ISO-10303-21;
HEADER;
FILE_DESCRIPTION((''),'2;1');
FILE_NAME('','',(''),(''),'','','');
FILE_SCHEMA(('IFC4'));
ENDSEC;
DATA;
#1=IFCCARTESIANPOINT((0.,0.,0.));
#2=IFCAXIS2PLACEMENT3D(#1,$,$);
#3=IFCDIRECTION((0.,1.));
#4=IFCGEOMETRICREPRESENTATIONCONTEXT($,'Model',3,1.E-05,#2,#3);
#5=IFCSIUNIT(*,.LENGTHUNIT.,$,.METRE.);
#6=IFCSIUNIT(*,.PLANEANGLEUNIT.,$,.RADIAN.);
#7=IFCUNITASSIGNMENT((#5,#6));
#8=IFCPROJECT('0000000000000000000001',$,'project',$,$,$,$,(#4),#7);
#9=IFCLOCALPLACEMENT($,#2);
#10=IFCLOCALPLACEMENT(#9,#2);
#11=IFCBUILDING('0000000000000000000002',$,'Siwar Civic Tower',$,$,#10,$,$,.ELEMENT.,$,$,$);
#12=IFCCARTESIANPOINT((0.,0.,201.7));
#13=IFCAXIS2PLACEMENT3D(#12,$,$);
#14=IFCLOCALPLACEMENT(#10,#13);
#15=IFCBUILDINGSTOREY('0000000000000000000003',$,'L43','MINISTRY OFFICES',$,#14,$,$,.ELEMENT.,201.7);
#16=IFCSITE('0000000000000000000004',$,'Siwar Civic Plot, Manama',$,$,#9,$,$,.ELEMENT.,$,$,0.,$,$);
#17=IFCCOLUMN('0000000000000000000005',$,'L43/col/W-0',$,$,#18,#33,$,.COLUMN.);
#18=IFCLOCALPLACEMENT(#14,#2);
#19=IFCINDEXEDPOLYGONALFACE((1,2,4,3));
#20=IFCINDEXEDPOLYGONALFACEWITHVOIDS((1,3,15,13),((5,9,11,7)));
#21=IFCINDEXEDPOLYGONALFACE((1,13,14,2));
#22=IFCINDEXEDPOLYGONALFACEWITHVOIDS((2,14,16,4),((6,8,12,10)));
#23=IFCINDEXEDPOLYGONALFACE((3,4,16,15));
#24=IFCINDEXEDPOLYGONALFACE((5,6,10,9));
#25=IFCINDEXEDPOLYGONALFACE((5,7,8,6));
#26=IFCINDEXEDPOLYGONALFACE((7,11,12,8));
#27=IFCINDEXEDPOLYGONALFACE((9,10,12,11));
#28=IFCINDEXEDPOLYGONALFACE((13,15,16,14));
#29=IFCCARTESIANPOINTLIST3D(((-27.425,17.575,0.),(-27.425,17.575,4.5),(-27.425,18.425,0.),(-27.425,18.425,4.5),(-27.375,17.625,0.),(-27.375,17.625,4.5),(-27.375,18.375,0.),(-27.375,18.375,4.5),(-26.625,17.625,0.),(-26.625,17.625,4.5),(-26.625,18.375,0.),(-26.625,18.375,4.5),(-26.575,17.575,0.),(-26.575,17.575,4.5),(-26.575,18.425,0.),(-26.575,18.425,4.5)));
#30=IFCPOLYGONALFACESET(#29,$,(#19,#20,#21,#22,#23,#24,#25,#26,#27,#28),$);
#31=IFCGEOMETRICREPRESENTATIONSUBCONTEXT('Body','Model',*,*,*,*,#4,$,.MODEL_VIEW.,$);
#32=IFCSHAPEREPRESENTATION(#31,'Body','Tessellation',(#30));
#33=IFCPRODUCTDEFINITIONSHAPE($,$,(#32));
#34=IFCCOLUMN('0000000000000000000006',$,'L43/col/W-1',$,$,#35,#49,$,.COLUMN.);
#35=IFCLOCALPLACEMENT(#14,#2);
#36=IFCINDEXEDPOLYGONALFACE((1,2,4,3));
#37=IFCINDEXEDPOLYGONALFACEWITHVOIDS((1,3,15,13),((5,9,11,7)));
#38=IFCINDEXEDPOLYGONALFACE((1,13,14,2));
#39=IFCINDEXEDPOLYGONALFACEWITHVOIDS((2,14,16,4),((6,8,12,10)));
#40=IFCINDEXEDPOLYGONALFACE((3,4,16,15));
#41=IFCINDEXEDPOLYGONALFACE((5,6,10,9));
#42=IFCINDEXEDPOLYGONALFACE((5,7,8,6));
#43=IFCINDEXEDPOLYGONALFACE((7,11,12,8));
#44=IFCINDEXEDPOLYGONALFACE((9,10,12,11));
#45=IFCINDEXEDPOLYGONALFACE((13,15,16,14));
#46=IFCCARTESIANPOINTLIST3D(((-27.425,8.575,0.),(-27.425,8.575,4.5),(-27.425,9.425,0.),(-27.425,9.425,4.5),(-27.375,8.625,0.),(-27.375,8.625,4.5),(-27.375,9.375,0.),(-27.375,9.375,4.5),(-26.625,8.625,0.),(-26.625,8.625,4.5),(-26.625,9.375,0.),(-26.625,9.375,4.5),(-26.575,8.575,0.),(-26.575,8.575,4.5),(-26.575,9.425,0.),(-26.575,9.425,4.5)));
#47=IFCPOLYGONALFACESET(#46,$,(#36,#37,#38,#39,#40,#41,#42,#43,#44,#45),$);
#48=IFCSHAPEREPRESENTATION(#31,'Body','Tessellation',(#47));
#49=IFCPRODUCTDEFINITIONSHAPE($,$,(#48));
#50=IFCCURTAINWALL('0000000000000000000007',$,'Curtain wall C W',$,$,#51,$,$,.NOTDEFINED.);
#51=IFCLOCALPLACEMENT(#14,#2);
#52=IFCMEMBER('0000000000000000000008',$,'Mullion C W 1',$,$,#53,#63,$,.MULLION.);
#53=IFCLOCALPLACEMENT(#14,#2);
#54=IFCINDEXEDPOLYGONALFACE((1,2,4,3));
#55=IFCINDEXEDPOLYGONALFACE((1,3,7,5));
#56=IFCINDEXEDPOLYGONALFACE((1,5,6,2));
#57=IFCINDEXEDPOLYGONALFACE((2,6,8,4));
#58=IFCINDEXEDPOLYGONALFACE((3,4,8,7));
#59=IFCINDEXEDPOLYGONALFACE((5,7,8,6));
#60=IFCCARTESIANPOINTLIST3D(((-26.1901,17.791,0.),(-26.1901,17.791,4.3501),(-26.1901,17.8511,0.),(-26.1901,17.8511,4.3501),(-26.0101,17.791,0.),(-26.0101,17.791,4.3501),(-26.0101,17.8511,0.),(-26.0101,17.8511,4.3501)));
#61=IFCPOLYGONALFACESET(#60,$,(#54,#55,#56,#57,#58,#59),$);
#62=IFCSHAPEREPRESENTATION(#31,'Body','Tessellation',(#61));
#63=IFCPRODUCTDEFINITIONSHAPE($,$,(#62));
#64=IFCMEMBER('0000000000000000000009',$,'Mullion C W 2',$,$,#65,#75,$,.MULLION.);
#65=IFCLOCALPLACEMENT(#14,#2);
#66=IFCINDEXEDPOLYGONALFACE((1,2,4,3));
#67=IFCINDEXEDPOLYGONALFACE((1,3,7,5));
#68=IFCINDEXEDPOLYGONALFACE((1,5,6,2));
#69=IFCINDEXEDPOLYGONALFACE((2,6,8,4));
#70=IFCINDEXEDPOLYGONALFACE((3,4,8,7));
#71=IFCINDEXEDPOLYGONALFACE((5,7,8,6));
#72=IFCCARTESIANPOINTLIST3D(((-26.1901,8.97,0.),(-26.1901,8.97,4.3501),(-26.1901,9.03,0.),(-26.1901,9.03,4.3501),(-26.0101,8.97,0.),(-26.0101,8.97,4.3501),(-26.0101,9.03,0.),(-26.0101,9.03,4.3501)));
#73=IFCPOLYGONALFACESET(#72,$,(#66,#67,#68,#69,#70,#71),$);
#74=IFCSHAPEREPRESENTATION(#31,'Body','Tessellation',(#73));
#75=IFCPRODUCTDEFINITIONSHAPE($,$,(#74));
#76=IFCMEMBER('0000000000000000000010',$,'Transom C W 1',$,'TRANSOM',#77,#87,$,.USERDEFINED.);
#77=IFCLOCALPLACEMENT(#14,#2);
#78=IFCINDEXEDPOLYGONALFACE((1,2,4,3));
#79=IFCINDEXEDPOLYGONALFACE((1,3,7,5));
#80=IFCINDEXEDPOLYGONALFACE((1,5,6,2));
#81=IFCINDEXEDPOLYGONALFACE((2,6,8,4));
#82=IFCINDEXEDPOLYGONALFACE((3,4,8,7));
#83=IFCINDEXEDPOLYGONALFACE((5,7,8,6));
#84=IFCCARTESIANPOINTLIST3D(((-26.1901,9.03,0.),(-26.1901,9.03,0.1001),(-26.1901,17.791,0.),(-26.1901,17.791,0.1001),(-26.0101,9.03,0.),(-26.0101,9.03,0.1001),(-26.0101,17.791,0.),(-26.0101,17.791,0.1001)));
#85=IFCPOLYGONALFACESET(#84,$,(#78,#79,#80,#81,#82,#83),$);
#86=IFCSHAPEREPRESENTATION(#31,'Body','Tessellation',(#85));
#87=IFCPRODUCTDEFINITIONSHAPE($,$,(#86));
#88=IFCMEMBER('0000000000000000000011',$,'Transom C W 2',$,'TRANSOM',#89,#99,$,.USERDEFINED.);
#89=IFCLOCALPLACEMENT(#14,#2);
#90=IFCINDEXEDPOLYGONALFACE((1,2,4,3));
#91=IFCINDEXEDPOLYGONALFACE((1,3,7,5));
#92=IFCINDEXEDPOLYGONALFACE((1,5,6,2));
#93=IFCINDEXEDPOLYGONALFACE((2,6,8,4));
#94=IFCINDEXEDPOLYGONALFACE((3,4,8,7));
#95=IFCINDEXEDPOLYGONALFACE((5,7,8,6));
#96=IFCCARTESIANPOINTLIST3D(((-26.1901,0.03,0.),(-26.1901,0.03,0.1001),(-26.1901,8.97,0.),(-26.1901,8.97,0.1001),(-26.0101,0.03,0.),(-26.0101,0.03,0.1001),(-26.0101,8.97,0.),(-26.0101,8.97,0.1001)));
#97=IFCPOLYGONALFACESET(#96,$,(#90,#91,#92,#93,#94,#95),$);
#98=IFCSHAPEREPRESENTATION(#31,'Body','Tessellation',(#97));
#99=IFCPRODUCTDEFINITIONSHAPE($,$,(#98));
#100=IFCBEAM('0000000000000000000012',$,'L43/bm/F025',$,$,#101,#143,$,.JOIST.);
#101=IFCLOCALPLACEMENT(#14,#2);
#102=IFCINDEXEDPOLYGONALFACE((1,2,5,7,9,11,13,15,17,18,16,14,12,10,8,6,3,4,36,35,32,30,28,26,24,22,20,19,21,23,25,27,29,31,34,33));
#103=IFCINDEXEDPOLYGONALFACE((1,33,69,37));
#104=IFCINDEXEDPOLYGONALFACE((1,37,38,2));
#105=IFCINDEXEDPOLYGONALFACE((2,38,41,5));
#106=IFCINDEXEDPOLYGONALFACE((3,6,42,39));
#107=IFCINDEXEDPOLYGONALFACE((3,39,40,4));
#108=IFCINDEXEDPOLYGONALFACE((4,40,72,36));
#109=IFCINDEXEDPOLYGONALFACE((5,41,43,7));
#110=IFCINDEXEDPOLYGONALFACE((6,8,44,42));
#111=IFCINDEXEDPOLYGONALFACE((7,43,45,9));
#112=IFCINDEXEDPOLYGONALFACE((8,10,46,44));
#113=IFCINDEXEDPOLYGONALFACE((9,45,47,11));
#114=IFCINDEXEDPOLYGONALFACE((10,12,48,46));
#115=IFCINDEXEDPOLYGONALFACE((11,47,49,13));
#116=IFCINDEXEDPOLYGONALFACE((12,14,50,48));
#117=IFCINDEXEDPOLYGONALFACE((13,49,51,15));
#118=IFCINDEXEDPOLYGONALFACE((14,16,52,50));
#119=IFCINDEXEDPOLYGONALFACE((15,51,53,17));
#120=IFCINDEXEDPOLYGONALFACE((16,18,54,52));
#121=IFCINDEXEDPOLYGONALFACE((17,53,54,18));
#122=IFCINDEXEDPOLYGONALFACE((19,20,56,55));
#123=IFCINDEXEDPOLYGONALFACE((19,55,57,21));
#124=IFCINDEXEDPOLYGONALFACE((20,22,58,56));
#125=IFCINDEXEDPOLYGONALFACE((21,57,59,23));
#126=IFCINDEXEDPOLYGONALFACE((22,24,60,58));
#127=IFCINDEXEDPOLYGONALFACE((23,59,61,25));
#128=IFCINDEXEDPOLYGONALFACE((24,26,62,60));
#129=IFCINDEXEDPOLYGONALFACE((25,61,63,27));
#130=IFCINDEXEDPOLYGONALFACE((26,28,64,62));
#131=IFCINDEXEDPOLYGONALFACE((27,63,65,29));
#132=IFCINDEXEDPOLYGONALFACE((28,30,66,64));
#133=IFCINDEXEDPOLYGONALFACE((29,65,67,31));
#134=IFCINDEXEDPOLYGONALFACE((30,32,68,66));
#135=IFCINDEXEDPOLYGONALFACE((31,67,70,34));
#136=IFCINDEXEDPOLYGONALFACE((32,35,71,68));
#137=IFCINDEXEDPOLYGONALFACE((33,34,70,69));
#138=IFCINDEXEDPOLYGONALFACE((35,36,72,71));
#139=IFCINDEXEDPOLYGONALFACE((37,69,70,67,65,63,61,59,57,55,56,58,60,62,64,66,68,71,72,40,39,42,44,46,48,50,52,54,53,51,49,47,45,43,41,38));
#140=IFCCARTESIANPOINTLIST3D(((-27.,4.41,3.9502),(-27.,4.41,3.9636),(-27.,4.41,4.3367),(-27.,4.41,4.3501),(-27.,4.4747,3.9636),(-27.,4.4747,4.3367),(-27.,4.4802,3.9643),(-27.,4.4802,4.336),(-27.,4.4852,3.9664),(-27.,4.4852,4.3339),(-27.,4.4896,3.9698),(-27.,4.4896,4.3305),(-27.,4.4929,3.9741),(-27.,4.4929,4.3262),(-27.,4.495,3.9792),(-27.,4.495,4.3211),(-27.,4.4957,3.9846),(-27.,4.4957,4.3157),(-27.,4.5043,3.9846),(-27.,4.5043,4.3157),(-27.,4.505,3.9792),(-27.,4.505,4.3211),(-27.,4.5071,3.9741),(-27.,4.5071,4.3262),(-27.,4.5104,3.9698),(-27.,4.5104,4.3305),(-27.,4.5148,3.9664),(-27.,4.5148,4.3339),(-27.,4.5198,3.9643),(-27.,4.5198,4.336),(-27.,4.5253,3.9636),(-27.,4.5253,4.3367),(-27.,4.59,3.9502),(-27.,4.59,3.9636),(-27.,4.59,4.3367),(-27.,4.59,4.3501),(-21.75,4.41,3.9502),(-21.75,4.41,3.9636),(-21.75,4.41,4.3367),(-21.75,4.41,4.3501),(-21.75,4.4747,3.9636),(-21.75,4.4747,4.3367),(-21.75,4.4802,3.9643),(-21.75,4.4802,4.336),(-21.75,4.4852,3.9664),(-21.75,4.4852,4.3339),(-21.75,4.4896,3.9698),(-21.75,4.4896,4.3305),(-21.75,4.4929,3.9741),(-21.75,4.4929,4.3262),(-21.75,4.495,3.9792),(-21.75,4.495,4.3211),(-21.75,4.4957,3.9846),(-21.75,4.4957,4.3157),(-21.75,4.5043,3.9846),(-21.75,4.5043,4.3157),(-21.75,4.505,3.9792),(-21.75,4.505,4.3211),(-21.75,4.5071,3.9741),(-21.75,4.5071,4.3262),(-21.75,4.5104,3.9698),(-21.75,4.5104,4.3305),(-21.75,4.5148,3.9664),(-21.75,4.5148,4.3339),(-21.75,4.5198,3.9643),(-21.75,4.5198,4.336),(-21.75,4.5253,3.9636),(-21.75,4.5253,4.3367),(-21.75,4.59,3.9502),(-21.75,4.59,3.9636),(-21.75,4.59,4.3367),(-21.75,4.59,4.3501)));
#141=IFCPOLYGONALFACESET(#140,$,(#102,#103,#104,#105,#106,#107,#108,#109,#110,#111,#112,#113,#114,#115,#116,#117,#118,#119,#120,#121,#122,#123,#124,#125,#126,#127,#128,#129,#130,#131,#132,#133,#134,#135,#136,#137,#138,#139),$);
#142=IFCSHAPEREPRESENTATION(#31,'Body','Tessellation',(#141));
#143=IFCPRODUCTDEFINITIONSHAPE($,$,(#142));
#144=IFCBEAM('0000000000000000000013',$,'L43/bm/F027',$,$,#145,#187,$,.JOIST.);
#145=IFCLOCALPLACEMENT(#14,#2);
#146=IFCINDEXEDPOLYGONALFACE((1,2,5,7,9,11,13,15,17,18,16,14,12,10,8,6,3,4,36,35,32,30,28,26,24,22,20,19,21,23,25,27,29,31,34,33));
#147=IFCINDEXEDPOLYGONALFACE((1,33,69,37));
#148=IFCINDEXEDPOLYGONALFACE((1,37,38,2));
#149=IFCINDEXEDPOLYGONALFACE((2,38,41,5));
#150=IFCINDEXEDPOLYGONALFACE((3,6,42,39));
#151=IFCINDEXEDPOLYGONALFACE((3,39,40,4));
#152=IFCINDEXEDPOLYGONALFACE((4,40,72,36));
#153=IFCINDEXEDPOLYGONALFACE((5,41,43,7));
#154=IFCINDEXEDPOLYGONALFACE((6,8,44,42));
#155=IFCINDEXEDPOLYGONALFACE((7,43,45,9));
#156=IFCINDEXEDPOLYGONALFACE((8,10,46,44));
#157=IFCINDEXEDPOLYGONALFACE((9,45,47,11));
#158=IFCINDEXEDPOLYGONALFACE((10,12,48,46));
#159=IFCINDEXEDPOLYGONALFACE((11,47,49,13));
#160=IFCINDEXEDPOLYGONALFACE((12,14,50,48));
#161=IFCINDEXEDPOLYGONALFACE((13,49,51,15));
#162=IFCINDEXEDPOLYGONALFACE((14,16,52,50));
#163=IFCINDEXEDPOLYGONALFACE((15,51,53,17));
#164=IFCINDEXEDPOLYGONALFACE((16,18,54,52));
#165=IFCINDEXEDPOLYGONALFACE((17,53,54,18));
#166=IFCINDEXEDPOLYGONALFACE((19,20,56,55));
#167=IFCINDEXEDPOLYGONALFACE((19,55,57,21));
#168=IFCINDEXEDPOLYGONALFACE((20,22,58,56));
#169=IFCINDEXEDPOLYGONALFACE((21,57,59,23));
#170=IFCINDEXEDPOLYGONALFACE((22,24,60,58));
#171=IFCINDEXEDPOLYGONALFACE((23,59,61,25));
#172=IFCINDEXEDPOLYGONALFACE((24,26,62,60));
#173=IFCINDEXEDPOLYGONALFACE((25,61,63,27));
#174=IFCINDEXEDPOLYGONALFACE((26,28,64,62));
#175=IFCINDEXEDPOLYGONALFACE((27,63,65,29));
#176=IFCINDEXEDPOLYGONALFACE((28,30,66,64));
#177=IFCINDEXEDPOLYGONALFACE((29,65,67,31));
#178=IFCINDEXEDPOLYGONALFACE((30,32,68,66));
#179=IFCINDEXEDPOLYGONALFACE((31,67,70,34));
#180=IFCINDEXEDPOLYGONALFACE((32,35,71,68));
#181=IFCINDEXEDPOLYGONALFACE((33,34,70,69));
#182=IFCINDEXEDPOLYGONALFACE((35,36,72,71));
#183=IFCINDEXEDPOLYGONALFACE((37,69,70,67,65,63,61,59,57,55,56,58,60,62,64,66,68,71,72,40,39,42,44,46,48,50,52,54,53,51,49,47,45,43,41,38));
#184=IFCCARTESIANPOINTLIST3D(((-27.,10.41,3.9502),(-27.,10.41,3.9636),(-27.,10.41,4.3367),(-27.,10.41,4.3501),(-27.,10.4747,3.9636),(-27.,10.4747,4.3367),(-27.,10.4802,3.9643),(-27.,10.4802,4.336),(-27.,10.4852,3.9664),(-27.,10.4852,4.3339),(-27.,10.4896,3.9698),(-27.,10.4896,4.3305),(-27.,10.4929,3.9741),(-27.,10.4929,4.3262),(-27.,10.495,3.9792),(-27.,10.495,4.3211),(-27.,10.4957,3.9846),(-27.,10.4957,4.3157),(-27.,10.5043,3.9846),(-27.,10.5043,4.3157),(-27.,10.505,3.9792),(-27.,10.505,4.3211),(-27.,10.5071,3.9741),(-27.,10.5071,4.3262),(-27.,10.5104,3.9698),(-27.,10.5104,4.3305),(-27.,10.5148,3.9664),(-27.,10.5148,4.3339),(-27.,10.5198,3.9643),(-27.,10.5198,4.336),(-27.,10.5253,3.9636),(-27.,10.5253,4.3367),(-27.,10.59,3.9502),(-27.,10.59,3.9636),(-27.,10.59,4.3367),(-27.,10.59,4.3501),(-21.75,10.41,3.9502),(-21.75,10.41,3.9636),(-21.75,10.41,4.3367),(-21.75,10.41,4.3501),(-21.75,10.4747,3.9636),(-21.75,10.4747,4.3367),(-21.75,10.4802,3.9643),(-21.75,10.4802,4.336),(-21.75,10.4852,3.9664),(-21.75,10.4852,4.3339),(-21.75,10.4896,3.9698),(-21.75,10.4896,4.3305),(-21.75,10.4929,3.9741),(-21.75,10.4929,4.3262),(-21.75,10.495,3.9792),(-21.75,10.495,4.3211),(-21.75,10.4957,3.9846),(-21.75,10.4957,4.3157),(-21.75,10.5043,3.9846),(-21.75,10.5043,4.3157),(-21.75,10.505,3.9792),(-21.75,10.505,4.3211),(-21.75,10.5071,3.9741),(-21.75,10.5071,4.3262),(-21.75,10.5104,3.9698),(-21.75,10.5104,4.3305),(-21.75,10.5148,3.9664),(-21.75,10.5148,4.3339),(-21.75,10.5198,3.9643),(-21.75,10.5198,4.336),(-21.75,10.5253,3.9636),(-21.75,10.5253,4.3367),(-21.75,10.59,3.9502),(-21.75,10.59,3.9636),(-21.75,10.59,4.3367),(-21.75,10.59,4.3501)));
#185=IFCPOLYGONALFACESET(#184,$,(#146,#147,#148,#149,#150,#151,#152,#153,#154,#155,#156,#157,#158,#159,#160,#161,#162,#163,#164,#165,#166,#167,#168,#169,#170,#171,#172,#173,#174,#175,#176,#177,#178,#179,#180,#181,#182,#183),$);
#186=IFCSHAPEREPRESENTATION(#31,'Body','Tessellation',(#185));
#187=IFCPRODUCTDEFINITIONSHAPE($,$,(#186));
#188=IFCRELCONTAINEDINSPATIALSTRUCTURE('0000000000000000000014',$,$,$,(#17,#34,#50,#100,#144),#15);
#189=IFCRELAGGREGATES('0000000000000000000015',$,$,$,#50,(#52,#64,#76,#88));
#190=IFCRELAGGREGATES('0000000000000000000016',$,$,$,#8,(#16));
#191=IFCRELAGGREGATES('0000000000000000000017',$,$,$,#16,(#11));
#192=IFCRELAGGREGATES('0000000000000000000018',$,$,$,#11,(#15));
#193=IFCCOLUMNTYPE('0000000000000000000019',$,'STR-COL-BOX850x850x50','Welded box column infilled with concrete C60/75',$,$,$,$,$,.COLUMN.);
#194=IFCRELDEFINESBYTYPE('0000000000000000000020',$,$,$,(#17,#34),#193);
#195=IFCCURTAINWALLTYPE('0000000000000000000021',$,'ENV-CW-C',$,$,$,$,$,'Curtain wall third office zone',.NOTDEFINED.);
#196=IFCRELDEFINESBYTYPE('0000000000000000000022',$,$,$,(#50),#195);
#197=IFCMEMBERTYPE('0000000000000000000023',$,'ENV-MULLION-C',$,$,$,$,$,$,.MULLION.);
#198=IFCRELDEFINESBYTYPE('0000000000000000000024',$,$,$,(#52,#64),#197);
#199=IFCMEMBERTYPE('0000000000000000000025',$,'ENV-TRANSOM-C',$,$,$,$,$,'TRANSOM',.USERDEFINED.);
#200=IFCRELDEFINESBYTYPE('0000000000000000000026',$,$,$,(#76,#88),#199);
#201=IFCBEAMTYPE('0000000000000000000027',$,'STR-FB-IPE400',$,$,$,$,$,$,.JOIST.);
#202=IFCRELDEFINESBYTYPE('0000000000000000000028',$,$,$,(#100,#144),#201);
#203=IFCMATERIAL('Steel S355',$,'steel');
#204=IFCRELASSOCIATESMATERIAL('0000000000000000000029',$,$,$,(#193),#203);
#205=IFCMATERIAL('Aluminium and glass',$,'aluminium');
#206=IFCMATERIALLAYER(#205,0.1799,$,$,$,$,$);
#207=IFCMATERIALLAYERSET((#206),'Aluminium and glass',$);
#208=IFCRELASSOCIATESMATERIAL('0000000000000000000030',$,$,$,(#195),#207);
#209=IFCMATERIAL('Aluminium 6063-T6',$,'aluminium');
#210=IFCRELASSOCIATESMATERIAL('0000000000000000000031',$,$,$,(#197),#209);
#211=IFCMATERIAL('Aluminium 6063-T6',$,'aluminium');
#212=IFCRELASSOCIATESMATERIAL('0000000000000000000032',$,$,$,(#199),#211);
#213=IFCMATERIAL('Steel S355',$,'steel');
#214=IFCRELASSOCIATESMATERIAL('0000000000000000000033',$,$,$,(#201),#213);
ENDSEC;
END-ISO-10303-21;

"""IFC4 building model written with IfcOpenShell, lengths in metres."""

from ifc_helpers import new_model, si_unit, direction, frame, origin, origin_2d, place, context, subcontext, project, spatial, rectangle, hollow_rectangle, i_section, extrude, material, layer, layer_set, material_profile, profile_set, type_object, element, aggregate, save


model = new_model("IFC4")

# Units and contexts
model_context = context("Model", 3, precision=1e-05, world=origin(), true_north=direction((0.0, 1.0)))
body_context = subcontext(model_context, "Body", "Model", "MODEL_VIEW")
ifc_project = project(units=[si_unit("LENGTHUNIT", "METRE"), si_unit("PLANEANGLEUNIT", "RADIAN")], contexts=[model_context])

# Site, building, storey
site_placement = place(None, origin())
site = spatial("IfcSite", under=ifc_project, at=site_placement, Name="Siwar Civic Plot, Manama", CompositionType="ELEMENT", RefElevation=0.0)
building_placement = place(site_placement, origin())
building = spatial("IfcBuilding", under=site, at=building_placement, Name="Siwar Civic Tower", CompositionType="ELEMENT")
storey_placement = place(building_placement, frame((0.0, 0.0, 201.7)))
storey = spatial("IfcBuildingStorey", under=building, at=storey_placement, Name="L43", Description="MINISTRY OFFICES", CompositionType="ELEMENT", Elevation=201.7)

# Columns
ifc_material_1 = material(Name="Steel S355", Category="steel")
ifc_material_profile_1 = material_profile(ifc_material_1, hollow_rectangle(XDim=0.8501, YDim=0.8501, WallThickness=0.05, at=origin_2d()), Name="BOX850x850x50")
ifc_profile_set_1 = profile_set([ifc_material_profile_1], Name="Steel S355")
column_type = type_object("IfcColumnType", Name="STR-COL-BOX850x850x50", Description="Welded box column infilled with concrete C60/75", PredefinedType="COLUMN", material=ifc_profile_set_1)
for number, where, z_axis, x_axis, name in (
    (1, (-27.0, 18.0, 0.0), (0.0, 0.0, 1.0), (1.0, 0.0, 0.0), "L43/col/W-0"),
    (2, (-27.0, 9.0, 0.0), (0.0, 0.0, 1.0), (1.0, 0.0, 0.0), "L43/col/W-1"),
):
    element("IfcColumn", number, at=place(storey_placement, frame(where, z_axis=z_axis, x_axis=x_axis)), inside=storey, type_object=column_type, Name=name, PredefinedType="COLUMN", context=body_context, shape_type="SweptSolid", body=[
        extrude(hollow_rectangle(XDim=0.8501, YDim=0.8501, WallThickness=0.05, at=origin_2d()), origin(), (0.0, 0.0, 1.0), 4.5),
    ])

# Curtain wall, members
ifc_material_2 = material(Name="Aluminium and glass", Category="aluminium")
ifc_layer_1 = layer(ifc_material_2, 0.1799)
ifc_layer_set_1 = layer_set([ifc_layer_1], Name="Aluminium and glass")
curtain_wall_type = type_object("IfcCurtainWallType", Name="ENV-CW-C", ElementType="Curtain wall third office zone", PredefinedType="NOTDEFINED", material=ifc_layer_set_1)
curtain_wall_placement = place(storey_placement, origin())
curtain_wall = element("IfcCurtainWall", 3, at=curtain_wall_placement, inside=storey, type_object=curtain_wall_type, Name="Curtain wall C W", PredefinedType="NOTDEFINED")
ifc_material_3 = material(Name="Aluminium 6063-T6", Category="aluminium")
ifc_material_profile_2 = material_profile(ifc_material_3, rectangle(XDim=0.1799, YDim=0.0601, at=origin_2d()), Name="AL 180x60")
ifc_profile_set_2 = profile_set([ifc_material_profile_2], Name="Aluminium 6063-T6")
member_type_1 = type_object("IfcMemberType", Name="ENV-MULLION-C", PredefinedType="MULLION", material=ifc_profile_set_2)
member_1_placement = place(storey_placement, frame((-26.1001, 17.821, 0.0), z_axis=(0.0, 0.0, 1.0), x_axis=(1.0, 0.0, 0.0)))
member_1 = element("IfcMember", 4, at=member_1_placement, type_object=member_type_1, Name="Mullion C W 1", PredefinedType="MULLION", context=body_context, shape_type="SweptSolid", body=[
    extrude(rectangle(XDim=0.1799, YDim=0.0601, at=origin_2d()), origin(), (0.0, 0.0, 1.0), 4.3501),
])
member_2_placement = place(storey_placement, frame((-26.1001, 9.0, 0.0), z_axis=(0.0, 0.0, 1.0), x_axis=(1.0, 0.0, 0.0)))
member_2 = element("IfcMember", 5, at=member_2_placement, type_object=member_type_1, Name="Mullion C W 2", PredefinedType="MULLION", context=body_context, shape_type="SweptSolid", body=[
    extrude(rectangle(XDim=0.1799, YDim=0.0601, at=origin_2d()), origin(), (0.0, 0.0, 1.0), 4.3501),
])
ifc_material_4 = material(Name="Aluminium 6063-T6", Category="aluminium")
ifc_material_profile_3 = material_profile(ifc_material_4, rectangle(XDim=0.1799, YDim=0.1001, at=origin_2d()), Name="AL 180x100")
ifc_profile_set_3 = profile_set([ifc_material_profile_3], Name="Aluminium 6063-T6")
member_type_2 = type_object("IfcMemberType", Name="ENV-TRANSOM-C", ElementType="TRANSOM", PredefinedType="USERDEFINED", material=ifc_profile_set_3)
member_3_placement = place(storey_placement, frame((-26.1001, 17.791, 0.05), z_axis=(0.0, -1.0, 0.0), x_axis=(1.0, 0.0, 0.0)))
member_3 = element("IfcMember", 6, at=member_3_placement, type_object=member_type_2, Name="Transom C W 1", ObjectType="TRANSOM", PredefinedType="USERDEFINED", context=body_context, shape_type="SweptSolid", body=[
    extrude(rectangle(XDim=0.1799, YDim=0.1001, at=origin_2d()), origin(), (0.0, 0.0, 1.0), 8.761),
])
member_4_placement = place(storey_placement, frame((-26.1001, 8.97, 0.05), z_axis=(0.0, -1.0, 0.0), x_axis=(1.0, 0.0, 0.0)))
member_4 = element("IfcMember", 7, at=member_4_placement, type_object=member_type_2, Name="Transom C W 2", ObjectType="TRANSOM", PredefinedType="USERDEFINED", context=body_context, shape_type="SweptSolid", body=[
    extrude(rectangle(XDim=0.1799, YDim=0.1001, at=origin_2d()), origin(), (0.0, 0.0, 1.0), 8.9399),
])

# Beams
ifc_material_5 = material(Name="Steel S355", Category="steel")
ifc_material_profile_4 = material_profile(ifc_material_5, i_section(OverallWidth=0.1799, OverallDepth=0.3999, WebThickness=0.0085, FlangeThickness=0.0134, FilletRadius=0.021, at=origin_2d()), Name="IPE400")
ifc_profile_set_4 = profile_set([ifc_material_profile_4], Name="Steel S355")
beam_type_1 = type_object("IfcBeamType", Name="STR-FB-IPE400", PredefinedType="JOIST", material=ifc_profile_set_4)
for number, where, z_axis, x_axis, name in (
    (8, (-27.0, 4.5, 4.1501), (1.0, 0.0, 0.0), (0.0, 1.0, 0.0), "L43/bm/F025"),
    (9, (-27.0, 10.5, 4.1501), (1.0, 0.0, 0.0), (0.0, 1.0, 0.0), "L43/bm/F027"),
):
    element("IfcBeam", number, at=place(storey_placement, frame(where, z_axis=z_axis, x_axis=x_axis)), inside=storey, type_object=beam_type_1, Name=name, PredefinedType="JOIST", context=body_context, shape_type="SweptSolid", body=[
        extrude(i_section(OverallWidth=0.1799, OverallDepth=0.3999, WebThickness=0.0085, FlangeThickness=0.0134, FilletRadius=0.021, at=origin_2d()), origin(), (0.0, 0.0, 1.0), 5.25),
    ])

aggregate(curtain_wall, [member_1, member_2, member_3, member_4])

save(model, "model.ifc")
